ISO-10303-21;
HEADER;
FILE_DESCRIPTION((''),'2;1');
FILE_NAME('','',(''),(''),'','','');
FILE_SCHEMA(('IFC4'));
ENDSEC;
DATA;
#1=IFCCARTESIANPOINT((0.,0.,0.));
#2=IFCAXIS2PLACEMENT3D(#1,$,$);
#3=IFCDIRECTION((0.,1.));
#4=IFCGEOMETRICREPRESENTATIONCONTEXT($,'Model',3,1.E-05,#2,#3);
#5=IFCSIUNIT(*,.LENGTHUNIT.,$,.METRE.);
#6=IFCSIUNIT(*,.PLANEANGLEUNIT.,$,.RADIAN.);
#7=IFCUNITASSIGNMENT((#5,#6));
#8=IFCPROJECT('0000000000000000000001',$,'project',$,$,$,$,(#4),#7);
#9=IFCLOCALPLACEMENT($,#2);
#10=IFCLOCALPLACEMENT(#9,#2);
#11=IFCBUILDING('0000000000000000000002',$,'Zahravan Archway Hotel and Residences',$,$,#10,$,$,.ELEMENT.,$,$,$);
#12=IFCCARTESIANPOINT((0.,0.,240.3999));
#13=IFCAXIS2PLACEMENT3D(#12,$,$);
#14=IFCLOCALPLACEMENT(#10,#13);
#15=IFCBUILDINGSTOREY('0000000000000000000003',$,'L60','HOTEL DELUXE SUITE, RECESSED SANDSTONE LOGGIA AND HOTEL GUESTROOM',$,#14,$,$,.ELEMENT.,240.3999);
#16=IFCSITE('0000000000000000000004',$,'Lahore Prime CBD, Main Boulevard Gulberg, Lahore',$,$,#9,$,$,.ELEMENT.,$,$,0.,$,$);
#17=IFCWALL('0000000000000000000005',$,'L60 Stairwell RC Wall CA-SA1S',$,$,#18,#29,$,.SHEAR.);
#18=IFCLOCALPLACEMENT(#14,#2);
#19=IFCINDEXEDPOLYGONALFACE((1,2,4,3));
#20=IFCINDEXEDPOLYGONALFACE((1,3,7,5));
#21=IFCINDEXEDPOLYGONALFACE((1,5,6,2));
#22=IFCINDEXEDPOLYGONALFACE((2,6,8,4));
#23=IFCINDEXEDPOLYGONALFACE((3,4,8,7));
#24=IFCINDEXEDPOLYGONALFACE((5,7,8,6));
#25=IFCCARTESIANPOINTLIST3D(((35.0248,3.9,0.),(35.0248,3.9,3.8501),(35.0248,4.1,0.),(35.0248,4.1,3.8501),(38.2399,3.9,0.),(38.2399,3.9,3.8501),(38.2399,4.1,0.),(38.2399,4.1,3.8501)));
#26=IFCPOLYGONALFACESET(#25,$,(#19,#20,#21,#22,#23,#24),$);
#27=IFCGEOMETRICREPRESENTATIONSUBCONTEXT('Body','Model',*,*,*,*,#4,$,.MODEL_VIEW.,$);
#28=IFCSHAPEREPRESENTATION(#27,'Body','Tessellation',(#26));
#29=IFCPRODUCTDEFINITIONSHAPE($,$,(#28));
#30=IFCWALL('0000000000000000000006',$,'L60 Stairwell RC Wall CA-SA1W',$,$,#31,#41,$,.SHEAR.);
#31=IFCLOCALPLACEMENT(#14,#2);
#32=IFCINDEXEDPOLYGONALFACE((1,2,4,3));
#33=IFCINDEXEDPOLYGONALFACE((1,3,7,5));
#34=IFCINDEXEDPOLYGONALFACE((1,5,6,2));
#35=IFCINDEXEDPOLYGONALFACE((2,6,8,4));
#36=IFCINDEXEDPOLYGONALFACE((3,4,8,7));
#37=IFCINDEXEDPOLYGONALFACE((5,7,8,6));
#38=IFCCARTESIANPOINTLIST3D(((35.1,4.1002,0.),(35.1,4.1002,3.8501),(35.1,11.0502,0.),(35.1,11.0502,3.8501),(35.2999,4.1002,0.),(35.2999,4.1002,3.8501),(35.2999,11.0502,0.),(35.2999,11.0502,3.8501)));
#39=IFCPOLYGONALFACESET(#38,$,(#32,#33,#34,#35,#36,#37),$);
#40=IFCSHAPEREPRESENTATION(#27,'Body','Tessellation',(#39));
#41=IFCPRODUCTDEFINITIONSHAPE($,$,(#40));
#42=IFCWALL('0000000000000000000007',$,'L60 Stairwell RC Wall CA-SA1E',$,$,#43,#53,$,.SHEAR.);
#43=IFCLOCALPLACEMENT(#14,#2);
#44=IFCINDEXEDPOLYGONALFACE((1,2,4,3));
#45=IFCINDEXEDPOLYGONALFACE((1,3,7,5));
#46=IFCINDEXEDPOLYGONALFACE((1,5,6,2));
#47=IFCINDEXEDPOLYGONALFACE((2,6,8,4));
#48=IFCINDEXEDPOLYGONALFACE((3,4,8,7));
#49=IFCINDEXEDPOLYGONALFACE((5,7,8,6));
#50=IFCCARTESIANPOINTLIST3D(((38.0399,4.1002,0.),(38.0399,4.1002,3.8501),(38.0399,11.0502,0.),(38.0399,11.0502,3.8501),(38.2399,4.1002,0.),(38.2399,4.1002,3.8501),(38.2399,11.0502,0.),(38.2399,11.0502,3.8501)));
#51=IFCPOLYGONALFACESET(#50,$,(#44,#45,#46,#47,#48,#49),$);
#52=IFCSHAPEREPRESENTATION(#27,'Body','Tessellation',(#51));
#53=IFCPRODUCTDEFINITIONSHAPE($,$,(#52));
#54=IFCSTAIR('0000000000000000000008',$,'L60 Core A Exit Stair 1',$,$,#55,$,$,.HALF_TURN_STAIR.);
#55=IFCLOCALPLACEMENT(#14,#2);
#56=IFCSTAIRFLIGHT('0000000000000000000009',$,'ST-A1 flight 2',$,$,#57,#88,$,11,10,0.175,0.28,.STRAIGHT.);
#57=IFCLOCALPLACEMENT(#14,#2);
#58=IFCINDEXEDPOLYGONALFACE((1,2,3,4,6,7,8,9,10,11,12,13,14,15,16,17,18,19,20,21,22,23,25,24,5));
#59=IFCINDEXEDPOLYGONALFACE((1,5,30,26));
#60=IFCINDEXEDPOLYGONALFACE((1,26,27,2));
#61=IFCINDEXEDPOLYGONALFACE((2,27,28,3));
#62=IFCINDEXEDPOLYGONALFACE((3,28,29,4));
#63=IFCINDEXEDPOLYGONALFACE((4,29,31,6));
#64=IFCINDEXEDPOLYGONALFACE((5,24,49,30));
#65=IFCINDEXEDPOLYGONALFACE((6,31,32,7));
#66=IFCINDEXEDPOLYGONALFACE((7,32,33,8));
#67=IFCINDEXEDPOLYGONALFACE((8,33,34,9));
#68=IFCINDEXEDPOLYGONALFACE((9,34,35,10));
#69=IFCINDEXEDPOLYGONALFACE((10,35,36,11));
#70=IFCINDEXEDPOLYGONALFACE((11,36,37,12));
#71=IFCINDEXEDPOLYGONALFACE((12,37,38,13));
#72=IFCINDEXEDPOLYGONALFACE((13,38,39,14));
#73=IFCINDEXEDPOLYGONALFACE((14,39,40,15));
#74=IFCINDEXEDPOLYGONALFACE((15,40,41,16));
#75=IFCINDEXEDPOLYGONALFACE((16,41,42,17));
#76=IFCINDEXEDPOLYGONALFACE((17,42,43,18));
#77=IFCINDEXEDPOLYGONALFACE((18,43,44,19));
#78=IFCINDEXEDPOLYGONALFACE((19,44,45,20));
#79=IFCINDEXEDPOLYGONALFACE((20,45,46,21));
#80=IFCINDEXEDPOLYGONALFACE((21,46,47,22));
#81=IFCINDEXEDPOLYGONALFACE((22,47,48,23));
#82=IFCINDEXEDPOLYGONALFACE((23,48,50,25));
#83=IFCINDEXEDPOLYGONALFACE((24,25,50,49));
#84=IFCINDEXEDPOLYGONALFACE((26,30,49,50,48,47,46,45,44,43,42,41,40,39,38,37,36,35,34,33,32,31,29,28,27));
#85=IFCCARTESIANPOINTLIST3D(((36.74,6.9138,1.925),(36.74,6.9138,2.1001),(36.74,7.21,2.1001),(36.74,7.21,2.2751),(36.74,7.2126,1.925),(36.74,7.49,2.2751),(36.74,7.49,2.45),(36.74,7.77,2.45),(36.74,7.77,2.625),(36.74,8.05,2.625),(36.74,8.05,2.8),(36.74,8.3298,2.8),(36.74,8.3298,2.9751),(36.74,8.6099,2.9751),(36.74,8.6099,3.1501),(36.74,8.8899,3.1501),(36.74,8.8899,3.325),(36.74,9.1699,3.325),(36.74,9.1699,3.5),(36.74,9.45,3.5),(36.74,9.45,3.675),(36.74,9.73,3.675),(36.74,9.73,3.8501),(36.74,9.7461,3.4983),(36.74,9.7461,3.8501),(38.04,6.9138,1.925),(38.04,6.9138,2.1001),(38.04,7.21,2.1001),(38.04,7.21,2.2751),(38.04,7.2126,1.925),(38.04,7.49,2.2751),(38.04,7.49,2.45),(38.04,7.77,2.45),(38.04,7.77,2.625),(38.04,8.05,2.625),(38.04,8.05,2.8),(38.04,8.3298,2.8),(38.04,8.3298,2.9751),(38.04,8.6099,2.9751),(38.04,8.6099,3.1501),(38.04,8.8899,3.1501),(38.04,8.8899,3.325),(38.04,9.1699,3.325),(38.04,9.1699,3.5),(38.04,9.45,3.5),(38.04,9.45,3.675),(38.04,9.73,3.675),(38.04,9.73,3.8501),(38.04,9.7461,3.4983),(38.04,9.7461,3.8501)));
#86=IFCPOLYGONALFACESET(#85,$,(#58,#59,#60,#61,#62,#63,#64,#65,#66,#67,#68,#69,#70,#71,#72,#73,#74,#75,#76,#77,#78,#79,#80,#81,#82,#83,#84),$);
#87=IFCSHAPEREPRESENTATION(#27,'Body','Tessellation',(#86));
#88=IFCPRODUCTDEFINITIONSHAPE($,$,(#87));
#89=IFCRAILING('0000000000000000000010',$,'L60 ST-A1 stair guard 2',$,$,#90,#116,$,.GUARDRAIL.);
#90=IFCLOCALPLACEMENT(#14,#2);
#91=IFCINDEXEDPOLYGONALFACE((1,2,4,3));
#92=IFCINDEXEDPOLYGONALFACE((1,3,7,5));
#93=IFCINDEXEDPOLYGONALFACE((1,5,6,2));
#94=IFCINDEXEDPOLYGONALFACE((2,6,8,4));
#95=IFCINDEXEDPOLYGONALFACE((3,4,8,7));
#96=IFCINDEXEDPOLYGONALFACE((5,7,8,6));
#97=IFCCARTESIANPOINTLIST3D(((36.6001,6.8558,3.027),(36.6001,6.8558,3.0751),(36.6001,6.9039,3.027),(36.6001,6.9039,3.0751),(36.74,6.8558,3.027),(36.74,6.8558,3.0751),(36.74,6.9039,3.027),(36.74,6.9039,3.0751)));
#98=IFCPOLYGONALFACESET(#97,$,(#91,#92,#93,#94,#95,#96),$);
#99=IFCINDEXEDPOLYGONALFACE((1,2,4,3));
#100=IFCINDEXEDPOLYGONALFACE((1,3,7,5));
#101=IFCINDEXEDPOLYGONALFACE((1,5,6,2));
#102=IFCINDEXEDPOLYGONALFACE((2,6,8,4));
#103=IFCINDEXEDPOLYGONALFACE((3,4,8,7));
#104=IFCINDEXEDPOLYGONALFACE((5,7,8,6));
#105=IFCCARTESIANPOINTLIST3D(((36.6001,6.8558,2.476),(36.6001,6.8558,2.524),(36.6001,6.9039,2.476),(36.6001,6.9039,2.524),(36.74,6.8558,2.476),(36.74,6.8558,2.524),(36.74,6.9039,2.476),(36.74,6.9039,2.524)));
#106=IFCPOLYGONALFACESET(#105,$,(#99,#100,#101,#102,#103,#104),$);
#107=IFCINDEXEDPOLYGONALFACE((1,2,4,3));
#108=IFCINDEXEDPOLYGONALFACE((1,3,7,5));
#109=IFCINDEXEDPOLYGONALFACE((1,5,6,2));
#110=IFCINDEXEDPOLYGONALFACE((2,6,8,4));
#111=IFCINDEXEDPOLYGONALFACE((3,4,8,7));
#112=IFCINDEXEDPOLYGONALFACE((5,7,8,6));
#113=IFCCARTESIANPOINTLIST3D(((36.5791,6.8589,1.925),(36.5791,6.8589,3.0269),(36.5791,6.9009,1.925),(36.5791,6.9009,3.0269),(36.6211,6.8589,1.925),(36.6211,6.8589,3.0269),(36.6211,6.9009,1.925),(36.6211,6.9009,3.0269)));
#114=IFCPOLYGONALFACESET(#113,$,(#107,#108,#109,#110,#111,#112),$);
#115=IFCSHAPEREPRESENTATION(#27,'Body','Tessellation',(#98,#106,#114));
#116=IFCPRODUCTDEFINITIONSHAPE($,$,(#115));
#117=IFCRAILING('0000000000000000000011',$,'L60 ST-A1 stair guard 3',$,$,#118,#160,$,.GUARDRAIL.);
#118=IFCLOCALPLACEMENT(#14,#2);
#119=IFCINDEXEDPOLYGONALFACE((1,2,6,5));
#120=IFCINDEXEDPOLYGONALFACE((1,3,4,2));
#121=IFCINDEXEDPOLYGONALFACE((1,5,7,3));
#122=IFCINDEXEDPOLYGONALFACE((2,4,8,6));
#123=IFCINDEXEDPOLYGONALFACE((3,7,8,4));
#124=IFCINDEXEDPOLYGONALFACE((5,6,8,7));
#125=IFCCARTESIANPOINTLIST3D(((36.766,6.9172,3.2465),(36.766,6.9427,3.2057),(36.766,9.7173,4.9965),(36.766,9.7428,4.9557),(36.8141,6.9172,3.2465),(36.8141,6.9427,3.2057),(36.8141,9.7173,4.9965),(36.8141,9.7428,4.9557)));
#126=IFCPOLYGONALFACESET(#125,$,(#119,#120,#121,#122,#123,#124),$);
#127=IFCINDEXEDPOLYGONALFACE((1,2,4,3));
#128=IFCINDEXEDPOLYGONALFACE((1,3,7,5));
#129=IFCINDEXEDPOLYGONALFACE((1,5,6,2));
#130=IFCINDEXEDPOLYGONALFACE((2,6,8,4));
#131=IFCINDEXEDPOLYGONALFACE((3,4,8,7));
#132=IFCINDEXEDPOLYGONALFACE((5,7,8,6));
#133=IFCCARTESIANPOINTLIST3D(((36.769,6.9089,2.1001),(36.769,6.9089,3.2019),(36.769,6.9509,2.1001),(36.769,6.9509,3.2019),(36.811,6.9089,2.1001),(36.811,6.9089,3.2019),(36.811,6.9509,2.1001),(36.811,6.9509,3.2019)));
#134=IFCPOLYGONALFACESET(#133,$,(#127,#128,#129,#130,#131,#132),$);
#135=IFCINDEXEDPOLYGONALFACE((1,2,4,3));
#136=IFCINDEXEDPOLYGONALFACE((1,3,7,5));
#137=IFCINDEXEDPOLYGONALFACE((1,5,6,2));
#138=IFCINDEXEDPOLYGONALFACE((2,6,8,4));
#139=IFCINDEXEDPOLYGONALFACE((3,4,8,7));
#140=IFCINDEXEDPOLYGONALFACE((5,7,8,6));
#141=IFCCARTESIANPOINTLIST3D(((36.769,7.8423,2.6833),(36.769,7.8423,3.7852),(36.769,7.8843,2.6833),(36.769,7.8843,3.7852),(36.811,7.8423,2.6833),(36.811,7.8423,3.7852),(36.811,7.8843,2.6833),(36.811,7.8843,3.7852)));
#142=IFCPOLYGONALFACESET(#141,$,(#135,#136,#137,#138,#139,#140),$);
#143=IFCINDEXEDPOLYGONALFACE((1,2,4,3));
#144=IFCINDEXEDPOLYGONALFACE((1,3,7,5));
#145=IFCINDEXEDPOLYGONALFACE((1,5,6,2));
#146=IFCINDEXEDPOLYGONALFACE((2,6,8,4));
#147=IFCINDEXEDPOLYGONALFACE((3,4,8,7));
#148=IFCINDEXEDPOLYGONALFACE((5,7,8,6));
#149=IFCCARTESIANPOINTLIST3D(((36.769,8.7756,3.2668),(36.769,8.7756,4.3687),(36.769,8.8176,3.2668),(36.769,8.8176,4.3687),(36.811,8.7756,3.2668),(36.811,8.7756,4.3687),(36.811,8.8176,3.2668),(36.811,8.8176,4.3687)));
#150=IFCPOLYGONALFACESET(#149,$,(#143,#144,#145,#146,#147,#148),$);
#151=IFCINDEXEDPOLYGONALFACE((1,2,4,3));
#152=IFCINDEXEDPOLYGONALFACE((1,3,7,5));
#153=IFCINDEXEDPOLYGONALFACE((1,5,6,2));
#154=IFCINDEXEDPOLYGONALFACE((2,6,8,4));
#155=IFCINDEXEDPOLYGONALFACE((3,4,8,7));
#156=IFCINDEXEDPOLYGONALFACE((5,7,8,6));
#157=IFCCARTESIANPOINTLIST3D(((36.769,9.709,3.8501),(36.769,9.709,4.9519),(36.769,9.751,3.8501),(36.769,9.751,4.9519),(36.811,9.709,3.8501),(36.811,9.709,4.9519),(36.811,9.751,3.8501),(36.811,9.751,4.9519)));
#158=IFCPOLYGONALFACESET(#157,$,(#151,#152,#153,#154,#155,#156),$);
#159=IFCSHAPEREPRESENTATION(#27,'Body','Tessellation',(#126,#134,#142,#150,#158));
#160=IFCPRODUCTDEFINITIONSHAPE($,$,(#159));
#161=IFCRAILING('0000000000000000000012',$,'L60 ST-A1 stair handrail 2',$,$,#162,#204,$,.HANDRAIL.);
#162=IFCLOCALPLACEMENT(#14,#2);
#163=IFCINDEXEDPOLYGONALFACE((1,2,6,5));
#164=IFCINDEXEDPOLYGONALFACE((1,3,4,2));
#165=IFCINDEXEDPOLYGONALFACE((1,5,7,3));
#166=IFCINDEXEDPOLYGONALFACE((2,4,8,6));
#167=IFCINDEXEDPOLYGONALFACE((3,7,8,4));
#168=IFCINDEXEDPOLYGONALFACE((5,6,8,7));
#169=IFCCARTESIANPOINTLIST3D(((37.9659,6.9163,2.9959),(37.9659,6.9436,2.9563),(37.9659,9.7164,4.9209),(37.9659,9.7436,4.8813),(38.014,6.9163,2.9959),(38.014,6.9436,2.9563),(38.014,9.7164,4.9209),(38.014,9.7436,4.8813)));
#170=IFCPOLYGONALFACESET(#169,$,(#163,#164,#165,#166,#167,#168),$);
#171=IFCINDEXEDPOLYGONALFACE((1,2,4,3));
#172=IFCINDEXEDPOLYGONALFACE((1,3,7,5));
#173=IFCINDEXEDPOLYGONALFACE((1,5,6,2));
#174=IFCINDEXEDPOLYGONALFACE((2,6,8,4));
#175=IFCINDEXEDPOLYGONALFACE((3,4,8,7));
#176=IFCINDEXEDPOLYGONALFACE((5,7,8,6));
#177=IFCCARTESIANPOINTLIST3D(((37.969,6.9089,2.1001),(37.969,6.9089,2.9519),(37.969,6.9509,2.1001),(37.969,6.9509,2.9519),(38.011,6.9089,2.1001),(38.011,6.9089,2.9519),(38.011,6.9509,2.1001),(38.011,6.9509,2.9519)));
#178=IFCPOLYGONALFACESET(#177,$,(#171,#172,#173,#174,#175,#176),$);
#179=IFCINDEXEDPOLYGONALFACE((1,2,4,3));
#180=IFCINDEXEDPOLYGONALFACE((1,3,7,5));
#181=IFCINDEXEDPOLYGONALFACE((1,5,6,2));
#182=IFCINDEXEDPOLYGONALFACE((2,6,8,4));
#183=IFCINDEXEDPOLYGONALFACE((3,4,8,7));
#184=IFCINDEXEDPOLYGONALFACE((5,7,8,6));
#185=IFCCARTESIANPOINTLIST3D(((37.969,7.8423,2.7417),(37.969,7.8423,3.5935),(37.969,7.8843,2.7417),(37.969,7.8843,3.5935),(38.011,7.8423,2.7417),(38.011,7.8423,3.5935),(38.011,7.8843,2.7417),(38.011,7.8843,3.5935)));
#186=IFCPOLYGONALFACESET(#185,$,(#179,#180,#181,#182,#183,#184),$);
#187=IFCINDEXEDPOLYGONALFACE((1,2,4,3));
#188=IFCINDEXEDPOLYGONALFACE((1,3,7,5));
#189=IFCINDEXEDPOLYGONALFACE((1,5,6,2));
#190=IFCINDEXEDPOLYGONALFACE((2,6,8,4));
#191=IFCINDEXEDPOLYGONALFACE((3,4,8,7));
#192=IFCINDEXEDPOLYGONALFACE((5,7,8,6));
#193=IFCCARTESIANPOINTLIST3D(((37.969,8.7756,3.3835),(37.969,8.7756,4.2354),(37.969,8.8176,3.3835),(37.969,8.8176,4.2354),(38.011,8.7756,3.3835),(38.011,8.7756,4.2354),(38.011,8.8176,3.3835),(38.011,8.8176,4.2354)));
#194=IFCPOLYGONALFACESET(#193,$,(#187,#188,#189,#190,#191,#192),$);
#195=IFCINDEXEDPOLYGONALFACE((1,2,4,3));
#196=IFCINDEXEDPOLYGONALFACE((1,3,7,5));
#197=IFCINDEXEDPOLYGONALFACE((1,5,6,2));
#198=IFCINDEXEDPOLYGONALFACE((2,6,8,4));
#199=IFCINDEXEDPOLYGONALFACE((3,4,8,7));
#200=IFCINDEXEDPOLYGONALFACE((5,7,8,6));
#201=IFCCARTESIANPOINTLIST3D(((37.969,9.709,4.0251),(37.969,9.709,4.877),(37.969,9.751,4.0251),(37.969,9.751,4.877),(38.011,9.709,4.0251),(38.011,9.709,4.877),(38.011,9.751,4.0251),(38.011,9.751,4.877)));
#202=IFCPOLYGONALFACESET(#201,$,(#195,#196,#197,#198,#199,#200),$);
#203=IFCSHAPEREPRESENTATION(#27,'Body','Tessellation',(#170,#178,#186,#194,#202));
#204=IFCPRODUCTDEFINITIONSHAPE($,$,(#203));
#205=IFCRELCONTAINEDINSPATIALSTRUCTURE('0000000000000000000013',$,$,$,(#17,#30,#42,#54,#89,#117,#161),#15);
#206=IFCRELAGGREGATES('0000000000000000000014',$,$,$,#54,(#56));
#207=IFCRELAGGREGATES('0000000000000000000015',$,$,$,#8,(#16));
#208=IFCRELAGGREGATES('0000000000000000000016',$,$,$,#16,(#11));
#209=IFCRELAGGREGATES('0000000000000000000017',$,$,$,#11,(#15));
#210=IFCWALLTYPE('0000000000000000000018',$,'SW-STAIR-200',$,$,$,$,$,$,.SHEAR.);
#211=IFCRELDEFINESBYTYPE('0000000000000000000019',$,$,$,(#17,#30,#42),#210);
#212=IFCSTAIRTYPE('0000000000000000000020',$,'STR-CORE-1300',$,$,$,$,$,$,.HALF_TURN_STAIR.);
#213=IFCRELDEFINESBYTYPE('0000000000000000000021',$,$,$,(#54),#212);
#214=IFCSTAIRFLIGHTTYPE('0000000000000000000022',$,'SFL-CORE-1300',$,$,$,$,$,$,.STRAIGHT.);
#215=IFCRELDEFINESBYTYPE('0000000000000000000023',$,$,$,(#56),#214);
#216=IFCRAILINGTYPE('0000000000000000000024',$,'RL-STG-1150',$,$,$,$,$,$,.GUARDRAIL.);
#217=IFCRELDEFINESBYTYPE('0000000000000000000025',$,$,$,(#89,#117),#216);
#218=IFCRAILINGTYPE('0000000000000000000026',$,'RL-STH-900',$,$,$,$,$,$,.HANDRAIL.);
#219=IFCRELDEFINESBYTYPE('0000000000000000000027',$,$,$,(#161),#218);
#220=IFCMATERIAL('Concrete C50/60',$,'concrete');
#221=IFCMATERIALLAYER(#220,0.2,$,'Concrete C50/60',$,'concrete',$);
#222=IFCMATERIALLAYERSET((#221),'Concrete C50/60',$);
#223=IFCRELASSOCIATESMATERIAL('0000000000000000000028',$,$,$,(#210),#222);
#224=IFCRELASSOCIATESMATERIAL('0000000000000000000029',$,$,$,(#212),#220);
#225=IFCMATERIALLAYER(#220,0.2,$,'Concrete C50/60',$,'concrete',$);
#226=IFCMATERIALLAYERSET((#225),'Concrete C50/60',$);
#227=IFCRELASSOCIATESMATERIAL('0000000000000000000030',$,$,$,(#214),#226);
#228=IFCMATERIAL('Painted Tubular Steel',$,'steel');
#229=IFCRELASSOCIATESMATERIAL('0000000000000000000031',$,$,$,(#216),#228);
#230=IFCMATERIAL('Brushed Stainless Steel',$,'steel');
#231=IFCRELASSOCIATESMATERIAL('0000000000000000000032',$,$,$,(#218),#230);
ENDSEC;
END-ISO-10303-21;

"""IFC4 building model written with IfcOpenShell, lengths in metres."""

from ifc_helpers import new_model, si_unit, direction, frame, frame_2d, origin, origin_2d, place, context, subcontext, project, spatial, polyline, rectangle, outline, extrude, source, transform, mapped, material, layer, layer_set, type_object, element, aggregate, save


model = new_model("IFC4")

# Units and contexts
model_context = context("Model", 3, precision=1e-05, world=origin(), true_north=direction((0.0, 1.0)))
body_context = subcontext(model_context, "Body", "Model", "MODEL_VIEW")
ifc_project = project(units=[si_unit("LENGTHUNIT", "METRE"), si_unit("PLANEANGLEUNIT", "RADIAN")], contexts=[model_context])

# Site, building, storey
site_placement = place(None, origin())
site = spatial("IfcSite", under=ifc_project, at=site_placement, Name="Lahore Prime CBD, Main Boulevard Gulberg, Lahore", CompositionType="ELEMENT", RefElevation=0.0)
building_placement = place(site_placement, origin())
building = spatial("IfcBuilding", under=site, at=building_placement, Name="Zahravan Archway Hotel and Residences", CompositionType="ELEMENT")
storey_placement = place(building_placement, frame((0.0, 0.0, 240.3999)))
storey = spatial("IfcBuildingStorey", under=building, at=storey_placement, Name="L60", Description="HOTEL DELUXE SUITE, RECESSED SANDSTONE LOGGIA AND HOTEL GUESTROOM", CompositionType="ELEMENT", Elevation=240.3999)

# Shared definitions
ifc_material_1 = material(Name="Concrete C50/60", Category="concrete")

# Shared definitions
ifc_material_2 = material(Name="Brushed Stainless Steel", Category="steel")

# Walls
ifc_layer_1 = layer(ifc_material_1, 0.2, Name="Concrete C50/60", Category="concrete")
ifc_layer_set_1 = layer_set([ifc_layer_1], Name="Concrete C50/60")
wall_type_1 = type_object("IfcWallType", Name="SW-STAIR-200", PredefinedType="SHEAR", material=ifc_layer_set_1)
wall_1_placement = place(storey_placement, frame((35.0249, 4.0, 0.0), z_axis=(0.0, 0.0, 1.0), x_axis=(1.0, 0.0, 0.0)))
element("IfcWall", 1, at=wall_1_placement, inside=storey, type_object=wall_type_1, Name="L60 Stairwell RC Wall CA-SA1S", PredefinedType="SHEAR", context=body_context, shape_type="SweptSolid", body=[
    extrude(rectangle(XDim=3.2151, YDim=0.2, at=frame_2d((1.6074, 0.0))), origin(), (0.0, 0.0, 1.0), 3.8501),
])
for number, where, z_axis, x_axis, name in (
    (2, (35.2, 4.1001, 0.0), (0.0, 0.0, 1.0), (0.0, 1.0, 0.0), "L60 Stairwell RC Wall CA-SA1W"),
    (3, (38.1399, 4.1001, 0.0), (0.0, 0.0, 1.0), (0.0, 1.0, 0.0), "L60 Stairwell RC Wall CA-SA1E"),
):
    element("IfcWall", number, at=place(storey_placement, frame(where, z_axis=z_axis, x_axis=x_axis)), inside=storey, type_object=wall_type_1, Name=name, PredefinedType="SHEAR", context=body_context, shape_type="SweptSolid", body=[
        extrude(rectangle(XDim=6.95, YDim=0.2, at=frame_2d((3.4751, 0.0))), origin(), (0.0, 0.0, 1.0), 3.8501),
    ])

# Stair, stair flight
stair_type = type_object("IfcStairType", Name="STR-CORE-1300", PredefinedType="HALF_TURN_STAIR", material=ifc_material_1)
stair_placement = place(storey_placement, origin())
stair = element("IfcStair", 4, at=stair_placement, inside=storey, type_object=stair_type, Name="L60 Core A Exit Stair 1", PredefinedType="HALF_TURN_STAIR")
ifc_layer_2 = layer(ifc_material_1, 0.2, Name="Concrete C50/60", Category="concrete")
ifc_layer_set_2 = layer_set([ifc_layer_2], Name="Concrete C50/60")
stair_flight_type = type_object("IfcStairFlightType", Name="SFL-CORE-1300", PredefinedType="STRAIGHT", material=ifc_layer_set_2)
shared_shape_1 = source(origin(), body_context, "Body", "SweptSolid", [
    extrude(outline(polyline([(-0.0161, 0.0), (-0.0161, 0.175), (0.28, 0.175), (0.28, 0.3501), (0.5601, 0.3501), (0.5601, 0.5249), (0.8401, 0.5249), (0.8401, 0.7), (1.1201, 0.7), (1.1201, 0.875), (1.3999, 0.875), (1.3999, 1.05), (1.6799, 1.05), (1.6799, 1.2251), (1.96, 1.2251), (1.96, 1.3999), (2.24, 1.3999), (2.24, 1.575), (2.52, 1.575), (2.52, 1.75), (2.8, 1.75), (2.8, 1.925), (2.8162, 1.925), (2.8162, 1.5732), (0.2827, 0.0), (-0.0161, 0.0)])), frame((0.0, 0.6499, 0.0), z_axis=(0.0, -1.0, 0.0), x_axis=(1.0, 0.0, 0.0)), (0.0, 0.0, 1.0), 1.3),
])
stair_flight_placement = place(storey_placement, frame((37.3899, 6.9299, 1.925), z_axis=(0.0, 0.0, 1.0), x_axis=(0.0, 1.0, 0.0)))
stair_flight = element("IfcStairFlight", 5, at=stair_flight_placement, type_object=stair_flight_type, Name="ST-A1 flight 2", NumberOfRisers=11, NumberOfTreads=10, PredefinedType="STRAIGHT", RiserHeight=0.175, TreadLength=0.28, context=body_context, shape_type="MappedRepresentation", body=[
    mapped(shared_shape_1, transform((0.0, 0.0, 0.0), scale=1.0)),
])
aggregate(stair, [stair_flight])

# Railings
ifc_material_3 = material(Name="Painted Tubular Steel", Category="steel")
railing_type_1 = type_object("IfcRailingType", Name="RL-STG-1150", PredefinedType="GUARDRAIL", material=ifc_material_3)
railing_1_placement = place(storey_placement, frame((36.6001, 6.8799, 1.925)))
element("IfcRailing", 6, at=railing_1_placement, inside=storey, type_object=railing_type_1, Name="L60 ST-A1 stair guard 2", PredefinedType="GUARDRAIL", context=body_context, shape_type="SweptSolid", body=[
    extrude(rectangle(XDim=0.0481, YDim=0.0481, at=origin_2d()), frame((0.0, 0.0, 1.126), z_axis=(1.0, 0.0, 0.0), x_axis=(0.0, 1.0, 0.0)), (0.0, 0.0, 1.0), 0.1399),
    extrude(rectangle(XDim=0.0481, YDim=0.0481, at=origin_2d()), frame((0.0, 0.0, 0.575), z_axis=(1.0, 0.0, 0.0), x_axis=(0.0, 1.0, 0.0)), (0.0, 0.0, 1.0), 0.1399),
    extrude(rectangle(XDim=0.042, YDim=0.042, at=origin_2d()), origin(), (0.0, 0.0, 1.0), 1.1018),
])
railing_2_placement = place(storey_placement, frame((36.79, 6.9299, 2.1001)))
element("IfcRailing", 7, at=railing_2_placement, inside=storey, type_object=railing_type_1, Name="L60 ST-A1 stair guard 3", PredefinedType="GUARDRAIL", context=body_context, shape_type="SweptSolid", body=[
    extrude(rectangle(XDim=0.0481, YDim=0.0481, at=origin_2d()), frame((0.0, 0.0, 1.126), z_axis=(0.0, 0.848002, 0.529992), x_axis=(-1.0, 0.0, 0.0)), (0.0, 0.0, 1.0), 3.302),
    extrude(rectangle(XDim=0.042, YDim=0.042, at=origin_2d()), origin(), (0.0, 0.0, 1.0), 1.1018),
    extrude(rectangle(XDim=0.042, YDim=0.042, at=origin_2d()), frame((0.0, 0.9333, 0.5833)), (0.0, 0.0, 1.0), 1.1018),
    extrude(rectangle(XDim=0.042, YDim=0.042, at=origin_2d()), frame((0.0, 1.8667, 1.1667)), (0.0, 0.0, 1.0), 1.1018),
    extrude(rectangle(XDim=0.042, YDim=0.042, at=origin_2d()), frame((0.0, 2.8, 1.75)), (0.0, 0.0, 1.0), 1.1018),
])
railing_type_2 = type_object("IfcRailingType", Name="RL-STH-900", PredefinedType="HANDRAIL", material=ifc_material_2)
railing_3_placement = place(storey_placement, frame((37.99, 6.9299, 2.1001)))
element("IfcRailing", 8, at=railing_3_placement, inside=storey, type_object=railing_type_2, Name="L60 ST-A1 stair handrail 2", PredefinedType="HANDRAIL", context=body_context, shape_type="SweptSolid", body=[
    extrude(rectangle(XDim=0.0481, YDim=0.0481, at=origin_2d()), frame((0.0, 0.0, 0.876), z_axis=(0.0, 0.82404, 0.566532), x_axis=(-1.0, 0.0, 0.0)), (0.0, 0.0, 1.0), 3.3979),
    extrude(rectangle(XDim=0.042, YDim=0.042, at=origin_2d()), origin(), (0.0, 0.0, 1.0), 0.8518),
    extrude(rectangle(XDim=0.042, YDim=0.042, at=origin_2d()), frame((0.0, 0.9333, 0.6416)), (0.0, 0.0, 1.0), 0.8518),
    extrude(rectangle(XDim=0.042, YDim=0.042, at=origin_2d()), frame((0.0, 1.8667, 1.2834)), (0.0, 0.0, 1.0), 0.8518),
    extrude(rectangle(XDim=0.042, YDim=0.042, at=origin_2d()), frame((0.0, 2.8, 1.925)), (0.0, 0.0, 1.0), 0.8518),
])

save(model, "model.ifc")
